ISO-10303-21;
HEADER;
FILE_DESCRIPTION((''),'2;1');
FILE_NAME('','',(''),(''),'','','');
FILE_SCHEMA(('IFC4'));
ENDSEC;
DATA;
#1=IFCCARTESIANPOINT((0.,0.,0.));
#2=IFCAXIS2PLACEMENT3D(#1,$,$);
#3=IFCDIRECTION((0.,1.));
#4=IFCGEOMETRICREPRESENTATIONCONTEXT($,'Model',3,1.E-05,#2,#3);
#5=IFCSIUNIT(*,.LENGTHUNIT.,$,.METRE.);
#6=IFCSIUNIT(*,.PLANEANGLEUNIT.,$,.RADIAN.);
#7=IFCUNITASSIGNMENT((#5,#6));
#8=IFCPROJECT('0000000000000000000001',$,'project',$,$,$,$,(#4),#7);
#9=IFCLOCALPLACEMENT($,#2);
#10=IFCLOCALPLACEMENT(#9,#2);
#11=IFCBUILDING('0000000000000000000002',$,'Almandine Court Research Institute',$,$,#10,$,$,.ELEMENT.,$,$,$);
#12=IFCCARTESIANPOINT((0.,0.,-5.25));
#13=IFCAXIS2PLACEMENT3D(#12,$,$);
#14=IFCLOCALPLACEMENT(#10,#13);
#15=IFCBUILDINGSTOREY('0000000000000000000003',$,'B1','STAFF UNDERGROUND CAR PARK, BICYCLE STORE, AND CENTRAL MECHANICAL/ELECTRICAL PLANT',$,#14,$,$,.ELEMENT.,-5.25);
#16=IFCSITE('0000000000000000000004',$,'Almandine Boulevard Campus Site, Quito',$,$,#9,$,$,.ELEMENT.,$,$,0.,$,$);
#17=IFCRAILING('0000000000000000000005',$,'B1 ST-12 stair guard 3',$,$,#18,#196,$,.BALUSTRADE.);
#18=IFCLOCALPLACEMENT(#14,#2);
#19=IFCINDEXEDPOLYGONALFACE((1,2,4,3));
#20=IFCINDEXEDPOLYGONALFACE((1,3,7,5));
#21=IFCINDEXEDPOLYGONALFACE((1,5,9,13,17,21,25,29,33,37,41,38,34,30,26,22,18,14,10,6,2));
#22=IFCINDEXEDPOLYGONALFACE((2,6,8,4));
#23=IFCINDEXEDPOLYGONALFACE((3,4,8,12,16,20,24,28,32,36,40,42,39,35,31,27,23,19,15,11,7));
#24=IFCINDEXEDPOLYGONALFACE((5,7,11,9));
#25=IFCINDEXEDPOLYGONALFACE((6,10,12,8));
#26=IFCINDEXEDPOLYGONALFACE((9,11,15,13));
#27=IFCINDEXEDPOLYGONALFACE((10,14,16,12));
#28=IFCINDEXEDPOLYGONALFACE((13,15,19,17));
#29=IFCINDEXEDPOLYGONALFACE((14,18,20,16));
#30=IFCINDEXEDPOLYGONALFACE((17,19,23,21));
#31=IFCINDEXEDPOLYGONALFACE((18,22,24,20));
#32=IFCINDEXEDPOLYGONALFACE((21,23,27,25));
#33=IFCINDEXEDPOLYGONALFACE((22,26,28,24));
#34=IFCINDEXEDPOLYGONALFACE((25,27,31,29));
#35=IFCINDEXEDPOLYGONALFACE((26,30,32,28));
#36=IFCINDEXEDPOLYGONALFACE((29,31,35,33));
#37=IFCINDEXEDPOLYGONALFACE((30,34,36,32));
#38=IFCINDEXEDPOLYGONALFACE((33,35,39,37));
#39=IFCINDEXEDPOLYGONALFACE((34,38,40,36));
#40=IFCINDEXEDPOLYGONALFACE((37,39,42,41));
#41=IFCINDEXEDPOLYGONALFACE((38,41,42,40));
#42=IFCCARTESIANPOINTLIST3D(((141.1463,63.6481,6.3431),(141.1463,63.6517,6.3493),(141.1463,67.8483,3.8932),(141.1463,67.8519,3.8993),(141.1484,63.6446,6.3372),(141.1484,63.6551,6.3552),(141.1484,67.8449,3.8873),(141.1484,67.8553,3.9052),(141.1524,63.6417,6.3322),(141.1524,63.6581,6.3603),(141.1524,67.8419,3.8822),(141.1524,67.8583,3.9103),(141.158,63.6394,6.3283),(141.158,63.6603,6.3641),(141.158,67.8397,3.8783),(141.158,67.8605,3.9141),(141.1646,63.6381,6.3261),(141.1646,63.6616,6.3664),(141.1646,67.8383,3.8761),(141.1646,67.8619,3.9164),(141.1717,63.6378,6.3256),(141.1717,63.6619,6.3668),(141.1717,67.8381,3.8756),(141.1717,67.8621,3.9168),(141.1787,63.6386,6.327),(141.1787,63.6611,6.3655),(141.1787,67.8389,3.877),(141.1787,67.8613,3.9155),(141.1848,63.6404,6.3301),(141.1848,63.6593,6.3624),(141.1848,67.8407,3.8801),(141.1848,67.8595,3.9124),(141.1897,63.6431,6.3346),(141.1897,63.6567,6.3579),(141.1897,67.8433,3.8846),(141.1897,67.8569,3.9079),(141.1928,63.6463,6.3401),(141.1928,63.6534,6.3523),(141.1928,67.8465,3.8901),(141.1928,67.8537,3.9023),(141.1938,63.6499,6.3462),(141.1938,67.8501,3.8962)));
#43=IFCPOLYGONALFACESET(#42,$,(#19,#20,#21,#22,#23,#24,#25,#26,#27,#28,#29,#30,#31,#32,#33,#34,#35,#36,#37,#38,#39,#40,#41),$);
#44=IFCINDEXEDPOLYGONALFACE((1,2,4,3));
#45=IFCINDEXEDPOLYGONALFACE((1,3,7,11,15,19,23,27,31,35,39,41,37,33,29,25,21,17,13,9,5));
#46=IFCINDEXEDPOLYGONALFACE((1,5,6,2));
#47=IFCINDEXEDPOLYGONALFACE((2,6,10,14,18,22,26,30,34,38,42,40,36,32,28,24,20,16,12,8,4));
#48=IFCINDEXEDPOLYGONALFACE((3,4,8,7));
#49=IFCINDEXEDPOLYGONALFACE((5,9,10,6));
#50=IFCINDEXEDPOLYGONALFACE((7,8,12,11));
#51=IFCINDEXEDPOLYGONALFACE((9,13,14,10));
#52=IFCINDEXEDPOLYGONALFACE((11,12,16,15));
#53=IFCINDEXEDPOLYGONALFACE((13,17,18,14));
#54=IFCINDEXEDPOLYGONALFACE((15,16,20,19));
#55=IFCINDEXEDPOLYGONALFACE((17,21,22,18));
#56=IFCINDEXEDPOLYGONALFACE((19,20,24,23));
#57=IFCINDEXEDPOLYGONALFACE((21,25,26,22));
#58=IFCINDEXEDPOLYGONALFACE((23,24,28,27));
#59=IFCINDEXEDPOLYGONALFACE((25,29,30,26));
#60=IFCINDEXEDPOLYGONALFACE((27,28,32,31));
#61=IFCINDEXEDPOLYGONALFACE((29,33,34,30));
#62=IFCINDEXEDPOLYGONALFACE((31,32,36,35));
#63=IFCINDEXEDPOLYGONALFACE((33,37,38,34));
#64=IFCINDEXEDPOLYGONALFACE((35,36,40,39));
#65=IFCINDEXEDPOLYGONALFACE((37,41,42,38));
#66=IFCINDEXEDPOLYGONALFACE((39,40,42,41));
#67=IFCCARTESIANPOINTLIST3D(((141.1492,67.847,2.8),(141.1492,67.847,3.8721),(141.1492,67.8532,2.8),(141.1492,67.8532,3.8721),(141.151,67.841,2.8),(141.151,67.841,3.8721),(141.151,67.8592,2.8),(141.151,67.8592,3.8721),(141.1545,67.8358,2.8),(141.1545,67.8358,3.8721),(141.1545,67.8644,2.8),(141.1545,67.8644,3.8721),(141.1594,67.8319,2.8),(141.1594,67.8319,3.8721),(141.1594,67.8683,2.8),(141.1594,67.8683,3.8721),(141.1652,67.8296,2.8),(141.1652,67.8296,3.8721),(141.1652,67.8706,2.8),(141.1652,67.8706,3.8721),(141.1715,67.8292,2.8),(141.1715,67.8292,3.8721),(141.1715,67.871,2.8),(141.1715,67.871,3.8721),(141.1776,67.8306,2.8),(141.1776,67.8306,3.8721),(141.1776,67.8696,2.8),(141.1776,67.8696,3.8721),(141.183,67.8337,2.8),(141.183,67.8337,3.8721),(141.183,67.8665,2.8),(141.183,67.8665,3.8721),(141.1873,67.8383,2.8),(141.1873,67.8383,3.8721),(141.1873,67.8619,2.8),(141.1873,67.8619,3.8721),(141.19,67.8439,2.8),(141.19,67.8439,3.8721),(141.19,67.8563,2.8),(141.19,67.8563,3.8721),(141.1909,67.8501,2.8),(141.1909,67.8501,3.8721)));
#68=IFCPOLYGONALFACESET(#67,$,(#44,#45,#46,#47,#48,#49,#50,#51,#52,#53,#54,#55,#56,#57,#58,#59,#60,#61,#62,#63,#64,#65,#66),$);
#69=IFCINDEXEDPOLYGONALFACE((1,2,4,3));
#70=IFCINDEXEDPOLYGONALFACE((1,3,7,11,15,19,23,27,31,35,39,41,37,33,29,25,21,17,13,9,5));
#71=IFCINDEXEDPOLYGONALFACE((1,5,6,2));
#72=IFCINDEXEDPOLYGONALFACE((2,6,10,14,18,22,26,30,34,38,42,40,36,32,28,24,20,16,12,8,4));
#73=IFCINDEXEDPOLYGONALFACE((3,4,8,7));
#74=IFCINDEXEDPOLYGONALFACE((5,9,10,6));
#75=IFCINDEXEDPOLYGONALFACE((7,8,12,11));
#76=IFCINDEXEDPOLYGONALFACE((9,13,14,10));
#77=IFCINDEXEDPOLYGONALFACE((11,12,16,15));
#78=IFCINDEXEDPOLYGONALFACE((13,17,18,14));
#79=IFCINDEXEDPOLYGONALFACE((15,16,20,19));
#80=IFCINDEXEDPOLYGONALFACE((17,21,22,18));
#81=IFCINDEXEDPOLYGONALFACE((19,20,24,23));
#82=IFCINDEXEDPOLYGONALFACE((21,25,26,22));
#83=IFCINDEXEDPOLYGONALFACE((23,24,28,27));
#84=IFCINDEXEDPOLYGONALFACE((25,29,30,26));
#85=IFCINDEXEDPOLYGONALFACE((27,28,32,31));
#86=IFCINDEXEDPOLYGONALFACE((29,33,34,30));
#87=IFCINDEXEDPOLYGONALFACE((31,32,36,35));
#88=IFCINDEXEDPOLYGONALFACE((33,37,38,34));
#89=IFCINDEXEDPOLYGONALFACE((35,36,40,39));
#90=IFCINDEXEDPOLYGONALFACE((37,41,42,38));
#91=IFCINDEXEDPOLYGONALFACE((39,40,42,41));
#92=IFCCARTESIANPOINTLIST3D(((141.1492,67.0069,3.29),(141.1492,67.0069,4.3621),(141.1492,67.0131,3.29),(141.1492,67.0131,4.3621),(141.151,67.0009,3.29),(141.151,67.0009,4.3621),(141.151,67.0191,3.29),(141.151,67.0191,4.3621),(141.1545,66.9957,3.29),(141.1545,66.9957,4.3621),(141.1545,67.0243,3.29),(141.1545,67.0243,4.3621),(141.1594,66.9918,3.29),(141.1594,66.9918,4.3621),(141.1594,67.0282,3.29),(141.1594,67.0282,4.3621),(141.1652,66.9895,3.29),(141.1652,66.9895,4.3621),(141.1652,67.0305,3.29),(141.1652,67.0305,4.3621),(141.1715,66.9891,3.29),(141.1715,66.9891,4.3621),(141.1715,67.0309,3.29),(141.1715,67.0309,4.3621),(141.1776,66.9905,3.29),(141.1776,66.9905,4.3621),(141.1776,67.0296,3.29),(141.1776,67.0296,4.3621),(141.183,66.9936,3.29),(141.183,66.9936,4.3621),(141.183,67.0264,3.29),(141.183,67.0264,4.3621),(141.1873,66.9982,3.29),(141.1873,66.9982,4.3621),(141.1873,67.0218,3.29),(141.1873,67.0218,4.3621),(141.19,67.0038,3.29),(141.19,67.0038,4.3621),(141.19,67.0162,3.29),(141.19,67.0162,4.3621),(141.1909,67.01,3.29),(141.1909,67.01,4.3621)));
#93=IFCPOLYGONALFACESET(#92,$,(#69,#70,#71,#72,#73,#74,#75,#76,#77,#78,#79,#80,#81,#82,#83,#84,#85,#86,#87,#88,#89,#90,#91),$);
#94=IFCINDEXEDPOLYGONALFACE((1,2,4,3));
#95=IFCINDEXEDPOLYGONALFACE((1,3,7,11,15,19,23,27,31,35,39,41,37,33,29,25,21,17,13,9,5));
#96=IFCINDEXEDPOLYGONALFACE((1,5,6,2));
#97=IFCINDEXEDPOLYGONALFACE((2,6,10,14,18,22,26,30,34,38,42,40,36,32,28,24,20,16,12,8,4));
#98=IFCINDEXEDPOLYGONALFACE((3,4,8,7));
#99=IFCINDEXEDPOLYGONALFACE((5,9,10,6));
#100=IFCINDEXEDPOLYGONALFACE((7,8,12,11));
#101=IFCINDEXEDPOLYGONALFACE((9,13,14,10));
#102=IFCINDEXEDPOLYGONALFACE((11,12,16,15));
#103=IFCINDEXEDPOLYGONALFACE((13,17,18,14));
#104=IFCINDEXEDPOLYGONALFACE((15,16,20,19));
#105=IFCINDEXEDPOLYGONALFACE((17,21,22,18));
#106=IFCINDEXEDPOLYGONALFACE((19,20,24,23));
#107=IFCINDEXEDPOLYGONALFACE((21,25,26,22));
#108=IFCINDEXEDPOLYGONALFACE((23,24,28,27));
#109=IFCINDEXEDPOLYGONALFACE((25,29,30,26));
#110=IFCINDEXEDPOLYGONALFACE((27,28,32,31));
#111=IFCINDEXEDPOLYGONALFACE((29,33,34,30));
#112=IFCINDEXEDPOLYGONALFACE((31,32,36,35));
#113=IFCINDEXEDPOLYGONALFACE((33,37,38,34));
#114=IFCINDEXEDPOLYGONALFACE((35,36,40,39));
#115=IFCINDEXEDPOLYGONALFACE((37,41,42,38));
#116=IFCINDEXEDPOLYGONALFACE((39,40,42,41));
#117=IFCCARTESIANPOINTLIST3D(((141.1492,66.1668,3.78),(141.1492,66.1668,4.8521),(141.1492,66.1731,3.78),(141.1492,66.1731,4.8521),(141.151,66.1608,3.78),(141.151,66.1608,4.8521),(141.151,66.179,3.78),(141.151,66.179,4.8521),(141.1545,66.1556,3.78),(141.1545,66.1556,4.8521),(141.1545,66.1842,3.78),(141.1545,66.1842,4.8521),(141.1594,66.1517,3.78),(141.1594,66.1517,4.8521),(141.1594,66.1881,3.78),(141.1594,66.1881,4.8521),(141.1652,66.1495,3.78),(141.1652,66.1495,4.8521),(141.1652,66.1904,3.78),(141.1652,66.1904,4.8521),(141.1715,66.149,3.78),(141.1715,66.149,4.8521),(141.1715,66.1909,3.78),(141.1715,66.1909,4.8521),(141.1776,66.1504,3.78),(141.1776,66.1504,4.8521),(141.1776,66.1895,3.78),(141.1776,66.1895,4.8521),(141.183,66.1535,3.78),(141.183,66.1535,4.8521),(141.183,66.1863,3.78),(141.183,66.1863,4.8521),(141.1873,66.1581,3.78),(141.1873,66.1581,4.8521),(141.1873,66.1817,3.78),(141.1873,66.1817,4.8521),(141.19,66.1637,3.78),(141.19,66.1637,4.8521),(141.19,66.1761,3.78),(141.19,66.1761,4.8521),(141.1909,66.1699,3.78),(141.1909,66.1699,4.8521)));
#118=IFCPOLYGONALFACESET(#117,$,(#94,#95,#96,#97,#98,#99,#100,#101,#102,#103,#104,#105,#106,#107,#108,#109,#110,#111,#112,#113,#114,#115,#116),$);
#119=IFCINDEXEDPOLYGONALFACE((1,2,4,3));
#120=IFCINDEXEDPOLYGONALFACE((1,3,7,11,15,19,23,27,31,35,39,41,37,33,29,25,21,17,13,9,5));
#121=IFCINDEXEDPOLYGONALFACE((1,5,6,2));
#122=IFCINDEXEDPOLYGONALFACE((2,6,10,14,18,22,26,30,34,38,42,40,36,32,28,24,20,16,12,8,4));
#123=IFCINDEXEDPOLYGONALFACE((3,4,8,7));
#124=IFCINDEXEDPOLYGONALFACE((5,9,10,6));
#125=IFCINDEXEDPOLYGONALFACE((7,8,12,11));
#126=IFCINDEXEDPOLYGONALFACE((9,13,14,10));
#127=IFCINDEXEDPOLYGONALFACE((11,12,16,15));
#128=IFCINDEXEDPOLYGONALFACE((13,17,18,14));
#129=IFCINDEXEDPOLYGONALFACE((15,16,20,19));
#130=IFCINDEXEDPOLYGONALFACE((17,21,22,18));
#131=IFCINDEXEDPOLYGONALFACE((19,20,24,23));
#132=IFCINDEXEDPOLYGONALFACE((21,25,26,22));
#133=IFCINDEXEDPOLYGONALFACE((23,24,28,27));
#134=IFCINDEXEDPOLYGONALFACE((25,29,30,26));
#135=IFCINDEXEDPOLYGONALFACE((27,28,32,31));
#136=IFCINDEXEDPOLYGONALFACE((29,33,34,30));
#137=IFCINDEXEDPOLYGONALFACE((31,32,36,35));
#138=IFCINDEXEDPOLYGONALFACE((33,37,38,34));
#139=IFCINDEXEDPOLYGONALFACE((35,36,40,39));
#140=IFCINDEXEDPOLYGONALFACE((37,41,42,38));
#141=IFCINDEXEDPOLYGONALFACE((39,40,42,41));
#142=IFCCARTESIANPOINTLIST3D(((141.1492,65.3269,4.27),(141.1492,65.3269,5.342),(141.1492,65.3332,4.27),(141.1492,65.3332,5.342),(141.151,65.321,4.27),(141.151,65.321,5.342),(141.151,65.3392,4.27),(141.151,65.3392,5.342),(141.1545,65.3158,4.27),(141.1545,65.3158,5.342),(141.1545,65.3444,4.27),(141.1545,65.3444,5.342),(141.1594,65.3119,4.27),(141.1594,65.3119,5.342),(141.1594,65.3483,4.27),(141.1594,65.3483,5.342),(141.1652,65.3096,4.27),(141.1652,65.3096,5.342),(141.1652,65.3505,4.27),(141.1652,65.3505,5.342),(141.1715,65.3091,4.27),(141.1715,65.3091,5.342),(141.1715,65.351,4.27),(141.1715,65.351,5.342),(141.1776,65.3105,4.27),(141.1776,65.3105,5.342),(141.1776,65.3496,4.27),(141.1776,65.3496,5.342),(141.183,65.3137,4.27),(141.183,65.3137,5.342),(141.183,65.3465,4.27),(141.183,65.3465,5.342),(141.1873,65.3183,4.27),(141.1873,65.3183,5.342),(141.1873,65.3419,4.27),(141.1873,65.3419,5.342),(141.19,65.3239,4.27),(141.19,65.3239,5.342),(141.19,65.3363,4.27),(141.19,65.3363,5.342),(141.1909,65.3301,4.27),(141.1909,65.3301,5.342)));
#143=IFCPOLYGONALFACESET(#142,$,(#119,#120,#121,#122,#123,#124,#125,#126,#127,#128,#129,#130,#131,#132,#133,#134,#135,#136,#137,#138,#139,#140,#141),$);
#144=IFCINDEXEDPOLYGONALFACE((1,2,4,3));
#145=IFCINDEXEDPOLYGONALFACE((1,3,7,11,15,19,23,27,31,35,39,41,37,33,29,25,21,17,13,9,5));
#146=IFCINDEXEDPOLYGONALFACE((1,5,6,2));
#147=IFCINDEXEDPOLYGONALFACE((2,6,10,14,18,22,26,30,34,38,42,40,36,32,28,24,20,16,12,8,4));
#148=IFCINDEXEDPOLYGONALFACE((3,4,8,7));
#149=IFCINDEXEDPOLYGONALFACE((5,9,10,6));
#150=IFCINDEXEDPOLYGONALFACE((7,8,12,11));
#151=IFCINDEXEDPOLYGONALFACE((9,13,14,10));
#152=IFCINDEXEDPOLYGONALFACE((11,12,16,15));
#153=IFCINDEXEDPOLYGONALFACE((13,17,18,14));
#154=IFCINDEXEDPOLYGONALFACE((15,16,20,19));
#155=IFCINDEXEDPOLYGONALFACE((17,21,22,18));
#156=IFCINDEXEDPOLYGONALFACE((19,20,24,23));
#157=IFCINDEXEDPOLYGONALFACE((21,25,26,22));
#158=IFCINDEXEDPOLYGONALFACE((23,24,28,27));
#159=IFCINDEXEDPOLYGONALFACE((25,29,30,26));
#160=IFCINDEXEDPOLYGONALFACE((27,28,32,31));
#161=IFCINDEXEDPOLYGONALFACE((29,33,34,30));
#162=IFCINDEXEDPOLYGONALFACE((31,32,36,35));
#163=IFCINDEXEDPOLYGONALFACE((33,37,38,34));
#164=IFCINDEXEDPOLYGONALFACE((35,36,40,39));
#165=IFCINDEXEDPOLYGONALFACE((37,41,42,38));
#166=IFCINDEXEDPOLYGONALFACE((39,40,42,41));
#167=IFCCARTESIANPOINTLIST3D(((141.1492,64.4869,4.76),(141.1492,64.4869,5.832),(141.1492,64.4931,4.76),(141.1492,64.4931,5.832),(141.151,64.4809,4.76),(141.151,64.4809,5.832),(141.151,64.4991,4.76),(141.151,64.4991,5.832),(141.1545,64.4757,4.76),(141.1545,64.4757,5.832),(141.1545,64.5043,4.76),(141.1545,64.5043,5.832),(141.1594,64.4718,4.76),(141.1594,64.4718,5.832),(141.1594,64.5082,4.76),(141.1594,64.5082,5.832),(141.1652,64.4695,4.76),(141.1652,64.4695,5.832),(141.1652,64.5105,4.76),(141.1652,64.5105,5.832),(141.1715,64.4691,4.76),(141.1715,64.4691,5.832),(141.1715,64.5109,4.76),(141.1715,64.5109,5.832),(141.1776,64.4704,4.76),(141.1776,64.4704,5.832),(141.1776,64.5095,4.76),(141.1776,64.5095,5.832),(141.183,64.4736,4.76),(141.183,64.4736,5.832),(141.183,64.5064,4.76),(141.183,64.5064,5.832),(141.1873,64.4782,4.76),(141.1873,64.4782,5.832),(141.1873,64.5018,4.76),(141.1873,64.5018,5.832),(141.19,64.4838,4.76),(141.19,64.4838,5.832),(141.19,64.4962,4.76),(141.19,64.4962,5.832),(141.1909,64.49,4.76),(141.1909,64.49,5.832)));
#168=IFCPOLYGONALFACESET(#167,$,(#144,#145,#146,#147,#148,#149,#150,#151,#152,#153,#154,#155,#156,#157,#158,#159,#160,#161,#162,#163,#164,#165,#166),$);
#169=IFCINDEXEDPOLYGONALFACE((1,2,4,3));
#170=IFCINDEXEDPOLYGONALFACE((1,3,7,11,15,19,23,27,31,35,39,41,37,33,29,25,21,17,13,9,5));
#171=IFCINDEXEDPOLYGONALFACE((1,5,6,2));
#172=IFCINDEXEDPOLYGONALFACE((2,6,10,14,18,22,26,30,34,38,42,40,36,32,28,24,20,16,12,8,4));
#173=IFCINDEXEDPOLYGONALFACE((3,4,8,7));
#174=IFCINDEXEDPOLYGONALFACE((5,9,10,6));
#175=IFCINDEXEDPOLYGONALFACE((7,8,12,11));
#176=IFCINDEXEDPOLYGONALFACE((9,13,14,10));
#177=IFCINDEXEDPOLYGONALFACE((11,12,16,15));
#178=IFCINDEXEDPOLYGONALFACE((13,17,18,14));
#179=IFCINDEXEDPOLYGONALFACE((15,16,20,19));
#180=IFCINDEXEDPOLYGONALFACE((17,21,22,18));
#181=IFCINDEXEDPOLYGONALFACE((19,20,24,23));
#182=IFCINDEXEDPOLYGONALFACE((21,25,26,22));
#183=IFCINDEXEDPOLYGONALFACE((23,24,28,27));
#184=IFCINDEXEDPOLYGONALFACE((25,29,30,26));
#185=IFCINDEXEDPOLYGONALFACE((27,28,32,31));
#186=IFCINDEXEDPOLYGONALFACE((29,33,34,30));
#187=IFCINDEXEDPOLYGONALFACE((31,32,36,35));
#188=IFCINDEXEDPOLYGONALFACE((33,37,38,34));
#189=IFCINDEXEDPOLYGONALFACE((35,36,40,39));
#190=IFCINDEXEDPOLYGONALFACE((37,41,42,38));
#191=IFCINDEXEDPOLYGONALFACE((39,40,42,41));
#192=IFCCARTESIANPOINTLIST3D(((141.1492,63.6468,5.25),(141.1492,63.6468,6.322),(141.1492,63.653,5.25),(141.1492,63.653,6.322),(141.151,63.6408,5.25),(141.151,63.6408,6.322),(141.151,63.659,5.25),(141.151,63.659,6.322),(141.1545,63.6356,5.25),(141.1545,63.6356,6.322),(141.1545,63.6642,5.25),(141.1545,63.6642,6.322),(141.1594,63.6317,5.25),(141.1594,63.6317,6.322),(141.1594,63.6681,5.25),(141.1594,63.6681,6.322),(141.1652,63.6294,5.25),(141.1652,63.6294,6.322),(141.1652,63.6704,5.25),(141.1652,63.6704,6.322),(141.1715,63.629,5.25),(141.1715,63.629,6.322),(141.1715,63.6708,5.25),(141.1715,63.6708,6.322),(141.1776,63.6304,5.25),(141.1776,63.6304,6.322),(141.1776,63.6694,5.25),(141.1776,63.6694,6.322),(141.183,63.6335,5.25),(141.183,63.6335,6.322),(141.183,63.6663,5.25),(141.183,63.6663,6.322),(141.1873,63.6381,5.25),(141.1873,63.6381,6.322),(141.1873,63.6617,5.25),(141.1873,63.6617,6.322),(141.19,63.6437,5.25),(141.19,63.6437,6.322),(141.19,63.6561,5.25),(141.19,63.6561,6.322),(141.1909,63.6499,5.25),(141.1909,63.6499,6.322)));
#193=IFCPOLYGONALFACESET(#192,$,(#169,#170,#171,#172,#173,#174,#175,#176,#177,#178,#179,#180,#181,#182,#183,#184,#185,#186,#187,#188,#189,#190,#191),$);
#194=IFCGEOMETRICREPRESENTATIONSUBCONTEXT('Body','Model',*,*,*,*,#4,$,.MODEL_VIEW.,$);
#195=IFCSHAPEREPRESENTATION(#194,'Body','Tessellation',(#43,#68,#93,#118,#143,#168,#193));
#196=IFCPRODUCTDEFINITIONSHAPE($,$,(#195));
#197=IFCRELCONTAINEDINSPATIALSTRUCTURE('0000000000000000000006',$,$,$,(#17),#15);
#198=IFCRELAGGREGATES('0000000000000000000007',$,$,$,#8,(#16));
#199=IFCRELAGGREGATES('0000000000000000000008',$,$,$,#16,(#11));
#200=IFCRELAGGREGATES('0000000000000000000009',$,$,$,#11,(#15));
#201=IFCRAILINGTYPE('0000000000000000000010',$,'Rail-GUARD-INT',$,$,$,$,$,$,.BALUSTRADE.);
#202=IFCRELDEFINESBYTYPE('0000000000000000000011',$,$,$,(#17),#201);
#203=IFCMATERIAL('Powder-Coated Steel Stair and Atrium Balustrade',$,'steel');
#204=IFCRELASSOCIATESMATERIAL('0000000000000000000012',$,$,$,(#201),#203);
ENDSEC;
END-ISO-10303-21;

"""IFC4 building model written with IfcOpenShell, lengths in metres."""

from ifc_helpers import new_model, si_unit, direction, frame, origin, origin_2d, place, context, subcontext, project, spatial, circle, extrude, material, type_object, element, save


model = new_model("IFC4")

# Units and contexts
model_context = context("Model", 3, precision=1e-05, world=origin(), true_north=direction((0.0, 1.0)))
body_context = subcontext(model_context, "Body", "Model", "MODEL_VIEW")
ifc_project = project(units=[si_unit("LENGTHUNIT", "METRE"), si_unit("PLANEANGLEUNIT", "RADIAN")], contexts=[model_context])

# Site, building, storey
site_placement = place(None, origin())
site = spatial("IfcSite", under=ifc_project, at=site_placement, Name="Almandine Boulevard Campus Site, Quito", CompositionType="ELEMENT", RefElevation=0.0)
building_placement = place(site_placement, origin())
building = spatial("IfcBuilding", under=site, at=building_placement, Name="Almandine Court Research Institute", CompositionType="ELEMENT")
storey_placement = place(building_placement, frame((0.0, 0.0, -5.25)))
storey = spatial("IfcBuildingStorey", under=building, at=storey_placement, Name="B1", Description="STAFF UNDERGROUND CAR PARK, BICYCLE STORE, AND CENTRAL MECHANICAL/ELECTRICAL PLANT", CompositionType="ELEMENT", Elevation=-5.25)

# Railing
ifc_material_1 = material(Name="Powder-Coated Steel Stair and Atrium Balustrade", Category="steel")
railing_type_1 = type_object("IfcRailingType", Name="Rail-GUARD-INT", PredefinedType="BALUSTRADE", material=ifc_material_1)
railing_1_placement = place(storey_placement, frame((141.1699, 67.8501, 2.8)))
element("IfcRailing", 1, at=railing_1_placement, inside=storey, type_object=railing_type_1, Name="B1 ST-12 stair guard 3", PredefinedType="BALUSTRADE", context=body_context, shape_type="SweptSolid", body=[
    extrude(circle(Radius=0.0239, at=origin_2d()), frame((0.0, 0.0, 1.0962), z_axis=(0.0, -0.863793, 0.503846), x_axis=(1.0, 0.0, 0.0)), (0.0, 0.0, 1.0), 4.8625),
    extrude(circle(Radius=0.021, at=origin_2d()), origin(), (0.0, 0.0, 1.0), 1.072),
    extrude(circle(Radius=0.021, at=origin_2d()), frame((0.0, -0.8401, 0.49)), (0.0, 0.0, 1.0), 1.072),
    extrude(circle(Radius=0.021, at=origin_2d()), frame((0.0, -1.6802, 0.98)), (0.0, 0.0, 1.0), 1.072),
    extrude(circle(Radius=0.021, at=origin_2d()), frame((0.0, -2.52, 1.47)), (0.0, 0.0, 1.0), 1.072),
    extrude(circle(Radius=0.021, at=origin_2d()), frame((0.0, -3.3601, 1.96)), (0.0, 0.0, 1.0), 1.072),
    extrude(circle(Radius=0.021, at=origin_2d()), frame((0.0, -4.2002, 2.45)), (0.0, 0.0, 1.0), 1.072),
])

save(model, "model.ifc")
